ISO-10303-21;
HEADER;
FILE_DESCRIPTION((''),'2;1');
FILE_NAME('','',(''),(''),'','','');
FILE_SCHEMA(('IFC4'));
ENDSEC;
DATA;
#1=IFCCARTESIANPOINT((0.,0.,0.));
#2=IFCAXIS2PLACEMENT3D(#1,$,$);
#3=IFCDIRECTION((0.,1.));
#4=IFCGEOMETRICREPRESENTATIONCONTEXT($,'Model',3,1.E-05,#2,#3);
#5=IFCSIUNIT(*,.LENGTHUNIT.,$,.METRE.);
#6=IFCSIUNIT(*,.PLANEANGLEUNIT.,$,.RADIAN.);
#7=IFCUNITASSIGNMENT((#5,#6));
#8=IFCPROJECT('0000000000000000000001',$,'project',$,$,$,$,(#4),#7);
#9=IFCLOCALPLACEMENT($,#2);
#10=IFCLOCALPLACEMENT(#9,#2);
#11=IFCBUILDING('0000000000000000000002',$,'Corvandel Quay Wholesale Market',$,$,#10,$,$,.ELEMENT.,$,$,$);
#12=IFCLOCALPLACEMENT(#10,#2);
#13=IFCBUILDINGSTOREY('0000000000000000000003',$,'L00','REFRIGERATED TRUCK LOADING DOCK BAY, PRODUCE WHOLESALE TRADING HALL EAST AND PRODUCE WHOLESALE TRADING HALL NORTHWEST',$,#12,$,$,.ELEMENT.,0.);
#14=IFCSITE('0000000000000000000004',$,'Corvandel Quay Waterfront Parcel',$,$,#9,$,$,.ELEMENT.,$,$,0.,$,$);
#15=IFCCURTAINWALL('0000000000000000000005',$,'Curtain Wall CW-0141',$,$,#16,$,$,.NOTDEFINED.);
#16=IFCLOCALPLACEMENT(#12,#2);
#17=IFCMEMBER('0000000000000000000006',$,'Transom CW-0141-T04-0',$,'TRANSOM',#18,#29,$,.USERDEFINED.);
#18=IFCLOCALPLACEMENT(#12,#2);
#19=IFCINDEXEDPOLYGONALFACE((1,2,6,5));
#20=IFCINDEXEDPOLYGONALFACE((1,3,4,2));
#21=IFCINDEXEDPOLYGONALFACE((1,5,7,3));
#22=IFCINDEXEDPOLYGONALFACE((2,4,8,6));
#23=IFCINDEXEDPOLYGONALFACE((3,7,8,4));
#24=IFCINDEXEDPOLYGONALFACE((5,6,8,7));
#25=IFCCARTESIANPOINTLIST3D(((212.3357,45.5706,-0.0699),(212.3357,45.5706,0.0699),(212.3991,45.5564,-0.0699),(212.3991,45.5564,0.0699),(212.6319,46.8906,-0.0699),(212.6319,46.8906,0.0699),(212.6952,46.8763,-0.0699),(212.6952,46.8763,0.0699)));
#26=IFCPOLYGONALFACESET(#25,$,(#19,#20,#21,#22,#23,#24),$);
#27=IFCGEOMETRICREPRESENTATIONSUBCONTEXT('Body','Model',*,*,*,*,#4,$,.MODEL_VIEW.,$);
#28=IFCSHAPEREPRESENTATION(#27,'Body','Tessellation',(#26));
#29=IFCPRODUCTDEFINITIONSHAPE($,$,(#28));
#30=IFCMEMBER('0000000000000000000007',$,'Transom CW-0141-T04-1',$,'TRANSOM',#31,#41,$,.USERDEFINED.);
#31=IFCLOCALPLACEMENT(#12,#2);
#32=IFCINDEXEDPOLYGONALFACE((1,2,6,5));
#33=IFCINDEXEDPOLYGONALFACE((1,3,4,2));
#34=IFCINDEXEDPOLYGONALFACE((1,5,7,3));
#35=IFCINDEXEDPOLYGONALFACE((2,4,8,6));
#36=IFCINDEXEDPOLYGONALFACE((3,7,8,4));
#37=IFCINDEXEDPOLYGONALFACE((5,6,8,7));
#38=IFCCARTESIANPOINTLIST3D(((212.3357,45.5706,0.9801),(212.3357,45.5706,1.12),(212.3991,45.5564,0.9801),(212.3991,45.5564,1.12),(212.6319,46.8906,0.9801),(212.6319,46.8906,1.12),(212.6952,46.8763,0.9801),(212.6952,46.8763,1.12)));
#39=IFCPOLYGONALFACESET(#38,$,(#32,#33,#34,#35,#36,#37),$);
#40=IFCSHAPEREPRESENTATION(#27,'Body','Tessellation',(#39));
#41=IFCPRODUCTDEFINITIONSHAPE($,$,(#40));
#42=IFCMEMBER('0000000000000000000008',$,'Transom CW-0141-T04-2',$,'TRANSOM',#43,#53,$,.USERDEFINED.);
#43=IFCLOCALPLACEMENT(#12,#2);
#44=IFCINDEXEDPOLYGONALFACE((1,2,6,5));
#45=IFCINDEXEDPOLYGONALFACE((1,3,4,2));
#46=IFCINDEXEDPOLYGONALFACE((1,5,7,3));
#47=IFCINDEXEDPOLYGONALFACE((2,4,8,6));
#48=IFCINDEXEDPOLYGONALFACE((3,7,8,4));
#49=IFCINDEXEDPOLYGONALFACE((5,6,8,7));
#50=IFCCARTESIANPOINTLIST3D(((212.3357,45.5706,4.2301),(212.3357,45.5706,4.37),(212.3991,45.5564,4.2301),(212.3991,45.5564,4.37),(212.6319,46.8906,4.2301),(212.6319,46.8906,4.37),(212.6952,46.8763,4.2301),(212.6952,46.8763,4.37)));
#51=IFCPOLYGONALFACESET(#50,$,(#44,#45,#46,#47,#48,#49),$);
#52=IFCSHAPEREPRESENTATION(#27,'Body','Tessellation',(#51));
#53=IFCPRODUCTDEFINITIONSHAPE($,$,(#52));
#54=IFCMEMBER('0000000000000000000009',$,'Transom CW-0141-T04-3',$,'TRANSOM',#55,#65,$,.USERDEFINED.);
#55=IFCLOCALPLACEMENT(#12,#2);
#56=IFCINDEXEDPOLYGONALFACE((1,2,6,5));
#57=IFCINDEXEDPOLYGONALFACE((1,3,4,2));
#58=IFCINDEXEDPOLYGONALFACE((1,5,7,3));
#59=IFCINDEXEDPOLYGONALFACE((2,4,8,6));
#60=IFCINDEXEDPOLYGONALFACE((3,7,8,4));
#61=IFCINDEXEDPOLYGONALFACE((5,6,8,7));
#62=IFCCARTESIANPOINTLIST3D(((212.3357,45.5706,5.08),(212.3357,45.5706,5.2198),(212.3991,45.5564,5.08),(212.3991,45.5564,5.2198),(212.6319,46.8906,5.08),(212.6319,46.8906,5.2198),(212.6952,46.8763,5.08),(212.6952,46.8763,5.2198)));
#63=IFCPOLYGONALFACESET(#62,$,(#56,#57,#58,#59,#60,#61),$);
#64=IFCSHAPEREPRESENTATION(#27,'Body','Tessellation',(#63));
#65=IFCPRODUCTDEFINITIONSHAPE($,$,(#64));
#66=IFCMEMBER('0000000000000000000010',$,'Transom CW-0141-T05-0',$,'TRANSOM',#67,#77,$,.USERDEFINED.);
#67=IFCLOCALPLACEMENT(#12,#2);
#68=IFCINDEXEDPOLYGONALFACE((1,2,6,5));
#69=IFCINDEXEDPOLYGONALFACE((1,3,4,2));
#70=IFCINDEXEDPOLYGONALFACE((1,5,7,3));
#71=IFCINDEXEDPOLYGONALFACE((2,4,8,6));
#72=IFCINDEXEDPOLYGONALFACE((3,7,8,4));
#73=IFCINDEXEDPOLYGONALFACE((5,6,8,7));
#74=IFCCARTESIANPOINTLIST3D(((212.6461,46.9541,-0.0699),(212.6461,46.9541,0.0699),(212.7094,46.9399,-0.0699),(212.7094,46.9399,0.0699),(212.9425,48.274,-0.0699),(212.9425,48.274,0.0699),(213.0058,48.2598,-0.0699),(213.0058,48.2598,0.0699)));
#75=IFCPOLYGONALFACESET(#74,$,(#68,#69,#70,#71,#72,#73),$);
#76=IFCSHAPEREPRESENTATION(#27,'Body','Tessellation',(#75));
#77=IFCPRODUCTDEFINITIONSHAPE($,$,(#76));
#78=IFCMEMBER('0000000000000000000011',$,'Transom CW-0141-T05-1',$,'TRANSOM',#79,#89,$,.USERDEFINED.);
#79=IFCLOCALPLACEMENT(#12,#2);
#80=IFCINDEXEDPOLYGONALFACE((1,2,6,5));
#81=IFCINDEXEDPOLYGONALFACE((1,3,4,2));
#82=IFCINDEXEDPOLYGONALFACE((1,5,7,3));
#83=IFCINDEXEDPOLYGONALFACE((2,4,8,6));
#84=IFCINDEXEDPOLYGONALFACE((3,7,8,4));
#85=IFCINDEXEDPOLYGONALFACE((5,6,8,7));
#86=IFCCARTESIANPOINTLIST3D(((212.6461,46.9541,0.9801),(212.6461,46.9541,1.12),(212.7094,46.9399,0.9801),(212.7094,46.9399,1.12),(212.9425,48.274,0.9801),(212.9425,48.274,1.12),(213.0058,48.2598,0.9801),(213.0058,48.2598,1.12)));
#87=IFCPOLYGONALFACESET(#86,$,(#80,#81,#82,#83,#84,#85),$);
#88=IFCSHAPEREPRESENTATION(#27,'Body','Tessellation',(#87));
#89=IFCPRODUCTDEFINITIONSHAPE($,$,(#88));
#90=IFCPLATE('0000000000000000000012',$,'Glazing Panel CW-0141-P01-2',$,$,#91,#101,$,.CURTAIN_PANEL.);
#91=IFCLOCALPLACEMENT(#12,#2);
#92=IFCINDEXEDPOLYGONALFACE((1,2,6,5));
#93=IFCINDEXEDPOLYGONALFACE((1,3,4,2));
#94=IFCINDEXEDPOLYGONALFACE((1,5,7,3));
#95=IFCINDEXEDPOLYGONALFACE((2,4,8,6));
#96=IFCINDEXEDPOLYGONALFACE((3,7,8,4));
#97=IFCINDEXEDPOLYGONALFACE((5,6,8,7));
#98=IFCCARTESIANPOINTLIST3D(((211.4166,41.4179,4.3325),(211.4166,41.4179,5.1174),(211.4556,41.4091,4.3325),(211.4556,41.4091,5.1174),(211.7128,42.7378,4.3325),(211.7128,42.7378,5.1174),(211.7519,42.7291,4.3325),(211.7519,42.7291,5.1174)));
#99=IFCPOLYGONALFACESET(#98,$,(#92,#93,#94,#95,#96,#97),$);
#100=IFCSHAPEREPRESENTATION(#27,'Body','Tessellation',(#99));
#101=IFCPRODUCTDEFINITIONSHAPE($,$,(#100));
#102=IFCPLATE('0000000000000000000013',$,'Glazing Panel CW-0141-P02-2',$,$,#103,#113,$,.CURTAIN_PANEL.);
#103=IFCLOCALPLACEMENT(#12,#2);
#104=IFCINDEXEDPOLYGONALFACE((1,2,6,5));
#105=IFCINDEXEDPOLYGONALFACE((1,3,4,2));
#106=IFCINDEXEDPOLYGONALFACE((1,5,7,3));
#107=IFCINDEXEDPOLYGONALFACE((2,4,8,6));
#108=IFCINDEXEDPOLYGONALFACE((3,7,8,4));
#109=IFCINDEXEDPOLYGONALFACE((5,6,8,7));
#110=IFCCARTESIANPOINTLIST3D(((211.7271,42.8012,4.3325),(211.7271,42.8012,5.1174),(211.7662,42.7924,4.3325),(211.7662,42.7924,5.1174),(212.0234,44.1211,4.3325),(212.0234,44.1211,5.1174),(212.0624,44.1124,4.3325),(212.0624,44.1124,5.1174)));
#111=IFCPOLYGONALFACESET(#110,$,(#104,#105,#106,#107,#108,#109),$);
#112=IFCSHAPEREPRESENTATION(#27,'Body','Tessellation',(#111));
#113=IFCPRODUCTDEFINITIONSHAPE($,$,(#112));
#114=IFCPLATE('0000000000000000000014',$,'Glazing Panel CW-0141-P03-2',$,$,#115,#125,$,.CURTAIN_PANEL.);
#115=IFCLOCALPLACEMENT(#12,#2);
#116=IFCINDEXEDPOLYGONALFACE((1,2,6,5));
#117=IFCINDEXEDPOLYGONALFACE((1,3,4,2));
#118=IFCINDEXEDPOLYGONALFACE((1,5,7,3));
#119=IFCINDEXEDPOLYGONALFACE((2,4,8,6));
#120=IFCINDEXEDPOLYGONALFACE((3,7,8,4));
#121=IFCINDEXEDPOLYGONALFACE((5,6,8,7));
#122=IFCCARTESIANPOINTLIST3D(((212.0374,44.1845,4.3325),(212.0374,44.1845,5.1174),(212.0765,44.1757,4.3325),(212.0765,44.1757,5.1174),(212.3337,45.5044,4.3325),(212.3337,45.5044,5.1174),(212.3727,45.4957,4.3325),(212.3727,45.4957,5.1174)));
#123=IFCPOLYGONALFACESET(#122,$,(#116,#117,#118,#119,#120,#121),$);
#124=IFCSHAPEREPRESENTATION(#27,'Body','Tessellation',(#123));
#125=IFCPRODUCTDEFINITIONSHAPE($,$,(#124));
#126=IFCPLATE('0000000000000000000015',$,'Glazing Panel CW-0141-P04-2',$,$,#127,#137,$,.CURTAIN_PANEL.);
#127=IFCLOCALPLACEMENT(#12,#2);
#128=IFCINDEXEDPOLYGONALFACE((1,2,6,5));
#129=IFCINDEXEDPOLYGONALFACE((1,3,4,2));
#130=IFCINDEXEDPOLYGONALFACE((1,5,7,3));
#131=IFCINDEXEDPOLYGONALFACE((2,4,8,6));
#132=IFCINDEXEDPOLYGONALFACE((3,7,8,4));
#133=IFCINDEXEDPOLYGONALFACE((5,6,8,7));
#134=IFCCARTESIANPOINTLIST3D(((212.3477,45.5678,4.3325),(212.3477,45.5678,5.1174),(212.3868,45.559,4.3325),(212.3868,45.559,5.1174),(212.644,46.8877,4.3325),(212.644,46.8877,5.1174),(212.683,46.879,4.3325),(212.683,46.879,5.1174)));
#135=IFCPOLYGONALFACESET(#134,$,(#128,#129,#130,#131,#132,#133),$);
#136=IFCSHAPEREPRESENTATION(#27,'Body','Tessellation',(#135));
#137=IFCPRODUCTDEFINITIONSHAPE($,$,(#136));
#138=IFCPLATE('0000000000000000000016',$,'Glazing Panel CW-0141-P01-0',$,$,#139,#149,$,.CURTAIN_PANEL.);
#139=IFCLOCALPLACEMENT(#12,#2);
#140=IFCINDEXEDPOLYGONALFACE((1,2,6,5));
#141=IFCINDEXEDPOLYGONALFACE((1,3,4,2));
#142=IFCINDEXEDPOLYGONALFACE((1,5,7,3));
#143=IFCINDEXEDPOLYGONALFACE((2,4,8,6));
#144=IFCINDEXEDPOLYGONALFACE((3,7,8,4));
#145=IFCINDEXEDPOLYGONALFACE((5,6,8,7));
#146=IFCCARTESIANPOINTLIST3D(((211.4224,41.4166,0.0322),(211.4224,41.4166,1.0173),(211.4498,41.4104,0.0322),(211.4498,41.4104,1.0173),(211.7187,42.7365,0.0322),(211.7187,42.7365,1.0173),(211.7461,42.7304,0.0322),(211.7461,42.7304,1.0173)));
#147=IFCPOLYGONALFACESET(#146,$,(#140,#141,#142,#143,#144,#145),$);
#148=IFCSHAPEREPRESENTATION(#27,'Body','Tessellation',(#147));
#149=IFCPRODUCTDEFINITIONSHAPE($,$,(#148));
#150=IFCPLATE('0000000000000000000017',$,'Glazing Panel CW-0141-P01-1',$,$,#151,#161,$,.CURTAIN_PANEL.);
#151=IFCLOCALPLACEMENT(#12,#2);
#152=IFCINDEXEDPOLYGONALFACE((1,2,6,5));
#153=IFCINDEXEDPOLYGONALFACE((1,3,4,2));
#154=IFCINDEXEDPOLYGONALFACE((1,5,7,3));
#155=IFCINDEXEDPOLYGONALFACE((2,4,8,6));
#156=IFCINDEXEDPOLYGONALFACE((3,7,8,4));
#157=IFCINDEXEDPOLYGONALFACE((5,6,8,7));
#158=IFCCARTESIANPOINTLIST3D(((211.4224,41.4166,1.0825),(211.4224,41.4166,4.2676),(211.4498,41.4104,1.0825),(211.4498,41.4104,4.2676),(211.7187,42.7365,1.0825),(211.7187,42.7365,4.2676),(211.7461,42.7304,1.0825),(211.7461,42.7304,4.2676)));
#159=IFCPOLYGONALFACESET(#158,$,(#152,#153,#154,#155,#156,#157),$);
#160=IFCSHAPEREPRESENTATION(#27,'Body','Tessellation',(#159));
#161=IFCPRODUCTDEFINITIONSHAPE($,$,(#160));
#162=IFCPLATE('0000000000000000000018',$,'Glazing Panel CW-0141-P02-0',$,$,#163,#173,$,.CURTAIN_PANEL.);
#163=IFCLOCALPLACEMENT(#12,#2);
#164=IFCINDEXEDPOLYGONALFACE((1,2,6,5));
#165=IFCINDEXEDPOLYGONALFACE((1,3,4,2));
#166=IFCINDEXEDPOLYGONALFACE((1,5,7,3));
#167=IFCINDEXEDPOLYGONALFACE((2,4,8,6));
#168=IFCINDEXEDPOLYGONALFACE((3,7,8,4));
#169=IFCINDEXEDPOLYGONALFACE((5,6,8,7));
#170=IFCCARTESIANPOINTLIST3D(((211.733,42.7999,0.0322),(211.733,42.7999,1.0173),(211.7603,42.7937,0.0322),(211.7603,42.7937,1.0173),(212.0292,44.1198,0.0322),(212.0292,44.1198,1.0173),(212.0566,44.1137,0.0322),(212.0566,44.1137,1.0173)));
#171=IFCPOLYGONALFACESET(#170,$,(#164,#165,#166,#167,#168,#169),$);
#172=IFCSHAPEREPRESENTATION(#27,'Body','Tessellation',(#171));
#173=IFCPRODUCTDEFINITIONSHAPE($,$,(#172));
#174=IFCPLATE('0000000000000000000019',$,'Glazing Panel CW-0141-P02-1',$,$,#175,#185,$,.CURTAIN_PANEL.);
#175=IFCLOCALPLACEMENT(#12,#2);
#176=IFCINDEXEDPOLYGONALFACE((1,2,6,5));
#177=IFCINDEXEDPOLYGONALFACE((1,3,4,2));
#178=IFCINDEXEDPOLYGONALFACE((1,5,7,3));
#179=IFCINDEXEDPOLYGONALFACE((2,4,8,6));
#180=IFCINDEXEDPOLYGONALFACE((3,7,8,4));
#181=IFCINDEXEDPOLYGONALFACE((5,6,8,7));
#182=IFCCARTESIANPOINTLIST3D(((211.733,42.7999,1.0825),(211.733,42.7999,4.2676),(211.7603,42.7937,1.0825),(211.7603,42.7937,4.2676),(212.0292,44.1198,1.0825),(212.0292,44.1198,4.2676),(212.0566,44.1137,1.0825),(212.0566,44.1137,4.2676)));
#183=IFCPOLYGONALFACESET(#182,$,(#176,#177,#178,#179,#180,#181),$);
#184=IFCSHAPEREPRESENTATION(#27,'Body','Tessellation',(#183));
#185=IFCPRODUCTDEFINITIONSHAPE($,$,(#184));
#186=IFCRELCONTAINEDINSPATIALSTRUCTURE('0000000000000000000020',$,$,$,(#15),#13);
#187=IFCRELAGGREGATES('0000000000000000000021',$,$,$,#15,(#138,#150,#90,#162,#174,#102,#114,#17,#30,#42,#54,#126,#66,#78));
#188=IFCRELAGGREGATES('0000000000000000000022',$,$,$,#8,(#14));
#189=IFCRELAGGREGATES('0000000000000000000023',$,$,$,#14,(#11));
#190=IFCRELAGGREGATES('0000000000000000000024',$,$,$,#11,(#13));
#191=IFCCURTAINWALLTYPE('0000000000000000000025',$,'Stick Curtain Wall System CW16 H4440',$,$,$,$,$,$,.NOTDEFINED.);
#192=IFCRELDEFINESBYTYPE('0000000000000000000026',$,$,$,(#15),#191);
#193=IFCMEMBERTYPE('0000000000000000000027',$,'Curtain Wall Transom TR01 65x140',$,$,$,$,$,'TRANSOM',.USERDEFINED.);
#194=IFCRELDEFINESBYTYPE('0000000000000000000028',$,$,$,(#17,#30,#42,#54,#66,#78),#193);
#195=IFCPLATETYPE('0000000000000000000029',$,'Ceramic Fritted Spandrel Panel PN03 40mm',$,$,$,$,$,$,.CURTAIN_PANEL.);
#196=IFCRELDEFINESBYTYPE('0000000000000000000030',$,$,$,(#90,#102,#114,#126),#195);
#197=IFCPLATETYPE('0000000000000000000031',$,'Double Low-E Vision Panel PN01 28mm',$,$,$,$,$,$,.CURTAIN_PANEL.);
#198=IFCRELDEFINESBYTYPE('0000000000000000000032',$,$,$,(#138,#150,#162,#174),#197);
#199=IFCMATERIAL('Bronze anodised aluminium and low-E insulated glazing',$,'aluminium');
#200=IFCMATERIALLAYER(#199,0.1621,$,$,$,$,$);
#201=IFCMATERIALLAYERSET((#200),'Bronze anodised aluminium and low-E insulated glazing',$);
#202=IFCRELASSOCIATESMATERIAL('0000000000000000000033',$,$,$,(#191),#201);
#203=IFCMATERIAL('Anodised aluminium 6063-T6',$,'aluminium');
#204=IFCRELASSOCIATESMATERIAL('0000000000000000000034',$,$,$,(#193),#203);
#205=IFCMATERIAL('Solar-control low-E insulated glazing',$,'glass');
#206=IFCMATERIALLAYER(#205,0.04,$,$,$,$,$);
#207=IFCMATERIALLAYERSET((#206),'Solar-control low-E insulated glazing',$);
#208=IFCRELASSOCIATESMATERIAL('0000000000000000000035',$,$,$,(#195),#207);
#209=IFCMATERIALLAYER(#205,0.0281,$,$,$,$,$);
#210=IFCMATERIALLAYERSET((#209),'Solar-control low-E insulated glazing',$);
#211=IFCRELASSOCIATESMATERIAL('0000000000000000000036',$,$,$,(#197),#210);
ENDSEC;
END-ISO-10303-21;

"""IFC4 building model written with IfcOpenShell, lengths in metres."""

from ifc_helpers import new_model, si_unit, direction, frame, origin, origin_2d, place, context, subcontext, project, spatial, rectangle, extrude, material, layer, layer_set, material_profile, profile_set, type_object, element, aggregate, save


model = new_model("IFC4")

# Units and contexts
model_context = context("Model", 3, precision=1e-05, world=origin(), true_north=direction((0.0, 1.0)))
body_context = subcontext(model_context, "Body", "Model", "MODEL_VIEW")
ifc_project = project(units=[si_unit("LENGTHUNIT", "METRE"), si_unit("PLANEANGLEUNIT", "RADIAN")], contexts=[model_context])

# Site, building, storey
site_placement = place(None, origin())
site = spatial("IfcSite", under=ifc_project, at=site_placement, Name="Corvandel Quay Waterfront Parcel", CompositionType="ELEMENT", RefElevation=0.0)
building_placement = place(site_placement, origin())
building = spatial("IfcBuilding", under=site, at=building_placement, Name="Corvandel Quay Wholesale Market", CompositionType="ELEMENT")
storey_placement = place(building_placement, origin())
storey = spatial("IfcBuildingStorey", under=building, at=storey_placement, Name="L00", Description="REFRIGERATED TRUCK LOADING DOCK BAY, PRODUCE WHOLESALE TRADING HALL EAST AND PRODUCE WHOLESALE TRADING HALL NORTHWEST", CompositionType="ELEMENT", Elevation=0.0)

# Curtain wall, members, plates
ifc_material_1 = material(Name="Bronze anodised aluminium and low-E insulated glazing", Category="aluminium")
ifc_layer_1 = layer(ifc_material_1, 0.1621)
ifc_layer_set_1 = layer_set([ifc_layer_1], Name="Bronze anodised aluminium and low-E insulated glazing")
curtain_wall_type = type_object("IfcCurtainWallType", Name="Stick Curtain Wall System CW16 H4440", PredefinedType="NOTDEFINED", material=ifc_layer_set_1)
curtain_wall_placement = place(storey_placement, origin())
curtain_wall = element("IfcCurtainWall", 1, at=curtain_wall_placement, inside=storey, type_object=curtain_wall_type, Name="Curtain Wall CW-0141", PredefinedType="NOTDEFINED")
ifc_material_2 = material(Name="Anodised aluminium 6063-T6", Category="aluminium")
ifc_material_profile_1 = material_profile(ifc_material_2, rectangle(XDim=0.0649, YDim=0.1399, at=origin_2d()), Name="ALU-TRN-65x140")
ifc_profile_set_1 = profile_set([ifc_material_profile_1], Name="Anodised aluminium 6063-T6")
member_type_1 = type_object("IfcMemberType", Name="Curtain Wall Transom TR01 65x140", ElementType="TRANSOM", PredefinedType="USERDEFINED", material=ifc_profile_set_1)
member_1_placement = place(storey_placement, frame((212.3674, 45.5635, 0.0), z_axis=(0.218898, 0.975748, 0.0), x_axis=(-0.975748, 0.218898, 0.0)))
member_1 = element("IfcMember", 2, at=member_1_placement, type_object=member_type_1, Name="Transom CW-0141-T04-0", ObjectType="TRANSOM", PredefinedType="USERDEFINED", context=body_context, shape_type="SweptSolid", body=[
    extrude(rectangle(XDim=0.0649, YDim=0.1399, at=origin_2d()), origin(), (0.0, 0.0, 1.0), 1.3528),
])
member_2_placement = place(storey_placement, frame((212.3674, 45.5635, 1.05), z_axis=(0.218898, 0.975748, 0.0), x_axis=(-0.975748, 0.218898, 0.0)))
member_2 = element("IfcMember", 3, at=member_2_placement, type_object=member_type_1, Name="Transom CW-0141-T04-1", ObjectType="TRANSOM", PredefinedType="USERDEFINED", context=body_context, shape_type="SweptSolid", body=[
    extrude(rectangle(XDim=0.0649, YDim=0.1399, at=origin_2d()), origin(), (0.0, 0.0, 1.0), 1.3528),
])
member_3_placement = place(storey_placement, frame((212.3674, 45.5635, 4.3), z_axis=(0.218898, 0.975748, 0.0), x_axis=(-0.975748, 0.218898, 0.0)))
member_3 = element("IfcMember", 4, at=member_3_placement, type_object=member_type_1, Name="Transom CW-0141-T04-2", ObjectType="TRANSOM", PredefinedType="USERDEFINED", context=body_context, shape_type="SweptSolid", body=[
    extrude(rectangle(XDim=0.0649, YDim=0.1399, at=origin_2d()), origin(), (0.0, 0.0, 1.0), 1.3528),
])
member_4_placement = place(storey_placement, frame((212.3674, 45.5635, 5.1499), z_axis=(0.218898, 0.975748, 0.0), x_axis=(-0.975748, 0.218898, 0.0)))
member_4 = element("IfcMember", 5, at=member_4_placement, type_object=member_type_1, Name="Transom CW-0141-T04-3", ObjectType="TRANSOM", PredefinedType="USERDEFINED", context=body_context, shape_type="SweptSolid", body=[
    extrude(rectangle(XDim=0.0649, YDim=0.1399, at=origin_2d()), origin(), (0.0, 0.0, 1.0), 1.3528),
])
member_5_placement = place(storey_placement, frame((212.6777, 46.947, 0.0), z_axis=(0.219108, 0.975701, 0.0), x_axis=(-0.975701, 0.219108, 0.0)))
member_5 = element("IfcMember", 6, at=member_5_placement, type_object=member_type_1, Name="Transom CW-0141-T05-0", ObjectType="TRANSOM", PredefinedType="USERDEFINED", context=body_context, shape_type="SweptSolid", body=[
    extrude(rectangle(XDim=0.0649, YDim=0.1399, at=origin_2d()), origin(), (0.0, 0.0, 1.0), 1.3528),
])
member_6_placement = place(storey_placement, frame((212.6777, 46.947, 1.05), z_axis=(0.219108, 0.975701, 0.0), x_axis=(-0.975701, 0.219108, 0.0)))
member_6 = element("IfcMember", 7, at=member_6_placement, type_object=member_type_1, Name="Transom CW-0141-T05-1", ObjectType="TRANSOM", PredefinedType="USERDEFINED", context=body_context, shape_type="SweptSolid", body=[
    extrude(rectangle(XDim=0.0649, YDim=0.1399, at=origin_2d()), origin(), (0.0, 0.0, 1.0), 1.3528),
])
ifc_material_3 = material(Name="Solar-control low-E insulated glazing", Category="glass")
ifc_layer_2 = layer(ifc_material_3, 0.04)
ifc_layer_set_2 = layer_set([ifc_layer_2], Name="Solar-control low-E insulated glazing")
plate_type_1 = type_object("IfcPlateType", Name="Ceramic Fritted Spandrel Panel PN03 40mm", PredefinedType="CURTAIN_PANEL", material=ifc_layer_set_2)
plate_1_placement = place(storey_placement, frame((211.5842, 42.0735, 4.3325), z_axis=(0.0, 0.0, 1.0), x_axis=(0.218995, 0.975726, 0.0)))
plate_1 = element("IfcPlate", 8, at=plate_1_placement, type_object=plate_type_1, Name="Glazing Panel CW-0141-P01-2", PredefinedType="CURTAIN_PANEL", context=body_context, shape_type="SweptSolid", body=[
    extrude(rectangle(XDim=1.3528, YDim=0.04, at=origin_2d()), origin(), (0.0, 0.0, 1.0), 0.7849),
])
plate_2_placement = place(storey_placement, frame((211.8948, 43.4568, 4.3325), z_axis=(0.0, 0.0, 1.0), x_axis=(0.218995, 0.975726, 0.0)))
plate_2 = element("IfcPlate", 9, at=plate_2_placement, type_object=plate_type_1, Name="Glazing Panel CW-0141-P02-2", PredefinedType="CURTAIN_PANEL", context=body_context, shape_type="SweptSolid", body=[
    extrude(rectangle(XDim=1.3528, YDim=0.04, at=origin_2d()), origin(), (0.0, 0.0, 1.0), 0.7849),
])
plate_3_placement = place(storey_placement, frame((212.2051, 44.8401, 4.3325), z_axis=(0.0, 0.0, 1.0), x_axis=(0.218995, 0.975726, 0.0)))
plate_3 = element("IfcPlate", 10, at=plate_3_placement, type_object=plate_type_1, Name="Glazing Panel CW-0141-P03-2", PredefinedType="CURTAIN_PANEL", context=body_context, shape_type="SweptSolid", body=[
    extrude(rectangle(XDim=1.3528, YDim=0.04, at=origin_2d()), origin(), (0.0, 0.0, 1.0), 0.7849),
])
plate_4_placement = place(storey_placement, frame((212.5154, 46.2234, 4.3325), z_axis=(0.0, 0.0, 1.0), x_axis=(0.218995, 0.975726, 0.0)))
plate_4 = element("IfcPlate", 11, at=plate_4_placement, type_object=plate_type_1, Name="Glazing Panel CW-0141-P04-2", PredefinedType="CURTAIN_PANEL", context=body_context, shape_type="SweptSolid", body=[
    extrude(rectangle(XDim=1.3528, YDim=0.04, at=origin_2d()), origin(), (0.0, 0.0, 1.0), 0.7849),
])
ifc_layer_3 = layer(ifc_material_3, 0.0281)
ifc_layer_set_3 = layer_set([ifc_layer_3], Name="Solar-control low-E insulated glazing")
plate_type_2 = type_object("IfcPlateType", Name="Double Low-E Vision Panel PN01 28mm", PredefinedType="CURTAIN_PANEL", material=ifc_layer_set_3)
plate_5_placement = place(storey_placement, frame((211.5842, 42.0735, 0.0322), z_axis=(0.0, 0.0, 1.0), x_axis=(0.218995, 0.975726, 0.0)))
plate_5 = element("IfcPlate", 12, at=plate_5_placement, type_object=plate_type_2, Name="Glazing Panel CW-0141-P01-0", PredefinedType="CURTAIN_PANEL", context=body_context, shape_type="SweptSolid", body=[
    extrude(rectangle(XDim=1.3528, YDim=0.0281, at=origin_2d()), origin(), (0.0, 0.0, 1.0), 0.9851),
])
plate_6_placement = place(storey_placement, frame((211.5842, 42.0735, 1.0825), z_axis=(0.0, 0.0, 1.0), x_axis=(0.218995, 0.975726, 0.0)))
plate_6 = element("IfcPlate", 13, at=plate_6_placement, type_object=plate_type_2, Name="Glazing Panel CW-0141-P01-1", PredefinedType="CURTAIN_PANEL", context=body_context, shape_type="SweptSolid", body=[
    extrude(rectangle(XDim=1.3528, YDim=0.0281, at=origin_2d()), origin(), (0.0, 0.0, 1.0), 3.1851),
])
plate_7_placement = place(storey_placement, frame((211.8948, 43.4568, 0.0322), z_axis=(0.0, 0.0, 1.0), x_axis=(0.218995, 0.975726, 0.0)))
plate_7 = element("IfcPlate", 14, at=plate_7_placement, type_object=plate_type_2, Name="Glazing Panel CW-0141-P02-0", PredefinedType="CURTAIN_PANEL", context=body_context, shape_type="SweptSolid", body=[
    extrude(rectangle(XDim=1.3528, YDim=0.0281, at=origin_2d()), origin(), (0.0, 0.0, 1.0), 0.9851),
])
plate_8_placement = place(storey_placement, frame((211.8948, 43.4568, 1.0825), z_axis=(0.0, 0.0, 1.0), x_axis=(0.218995, 0.975726, 0.0)))
plate_8 = element("IfcPlate", 15, at=plate_8_placement, type_object=plate_type_2, Name="Glazing Panel CW-0141-P02-1", PredefinedType="CURTAIN_PANEL", context=body_context, shape_type="SweptSolid", body=[
    extrude(rectangle(XDim=1.3528, YDim=0.0281, at=origin_2d()), origin(), (0.0, 0.0, 1.0), 3.1851),
])
aggregate(curtain_wall, [plate_5, plate_6, plate_1, plate_7, plate_8, plate_2, plate_3, member_1, member_2, member_3, member_4, plate_4, member_5, member_6])

save(model, "model.ifc")
